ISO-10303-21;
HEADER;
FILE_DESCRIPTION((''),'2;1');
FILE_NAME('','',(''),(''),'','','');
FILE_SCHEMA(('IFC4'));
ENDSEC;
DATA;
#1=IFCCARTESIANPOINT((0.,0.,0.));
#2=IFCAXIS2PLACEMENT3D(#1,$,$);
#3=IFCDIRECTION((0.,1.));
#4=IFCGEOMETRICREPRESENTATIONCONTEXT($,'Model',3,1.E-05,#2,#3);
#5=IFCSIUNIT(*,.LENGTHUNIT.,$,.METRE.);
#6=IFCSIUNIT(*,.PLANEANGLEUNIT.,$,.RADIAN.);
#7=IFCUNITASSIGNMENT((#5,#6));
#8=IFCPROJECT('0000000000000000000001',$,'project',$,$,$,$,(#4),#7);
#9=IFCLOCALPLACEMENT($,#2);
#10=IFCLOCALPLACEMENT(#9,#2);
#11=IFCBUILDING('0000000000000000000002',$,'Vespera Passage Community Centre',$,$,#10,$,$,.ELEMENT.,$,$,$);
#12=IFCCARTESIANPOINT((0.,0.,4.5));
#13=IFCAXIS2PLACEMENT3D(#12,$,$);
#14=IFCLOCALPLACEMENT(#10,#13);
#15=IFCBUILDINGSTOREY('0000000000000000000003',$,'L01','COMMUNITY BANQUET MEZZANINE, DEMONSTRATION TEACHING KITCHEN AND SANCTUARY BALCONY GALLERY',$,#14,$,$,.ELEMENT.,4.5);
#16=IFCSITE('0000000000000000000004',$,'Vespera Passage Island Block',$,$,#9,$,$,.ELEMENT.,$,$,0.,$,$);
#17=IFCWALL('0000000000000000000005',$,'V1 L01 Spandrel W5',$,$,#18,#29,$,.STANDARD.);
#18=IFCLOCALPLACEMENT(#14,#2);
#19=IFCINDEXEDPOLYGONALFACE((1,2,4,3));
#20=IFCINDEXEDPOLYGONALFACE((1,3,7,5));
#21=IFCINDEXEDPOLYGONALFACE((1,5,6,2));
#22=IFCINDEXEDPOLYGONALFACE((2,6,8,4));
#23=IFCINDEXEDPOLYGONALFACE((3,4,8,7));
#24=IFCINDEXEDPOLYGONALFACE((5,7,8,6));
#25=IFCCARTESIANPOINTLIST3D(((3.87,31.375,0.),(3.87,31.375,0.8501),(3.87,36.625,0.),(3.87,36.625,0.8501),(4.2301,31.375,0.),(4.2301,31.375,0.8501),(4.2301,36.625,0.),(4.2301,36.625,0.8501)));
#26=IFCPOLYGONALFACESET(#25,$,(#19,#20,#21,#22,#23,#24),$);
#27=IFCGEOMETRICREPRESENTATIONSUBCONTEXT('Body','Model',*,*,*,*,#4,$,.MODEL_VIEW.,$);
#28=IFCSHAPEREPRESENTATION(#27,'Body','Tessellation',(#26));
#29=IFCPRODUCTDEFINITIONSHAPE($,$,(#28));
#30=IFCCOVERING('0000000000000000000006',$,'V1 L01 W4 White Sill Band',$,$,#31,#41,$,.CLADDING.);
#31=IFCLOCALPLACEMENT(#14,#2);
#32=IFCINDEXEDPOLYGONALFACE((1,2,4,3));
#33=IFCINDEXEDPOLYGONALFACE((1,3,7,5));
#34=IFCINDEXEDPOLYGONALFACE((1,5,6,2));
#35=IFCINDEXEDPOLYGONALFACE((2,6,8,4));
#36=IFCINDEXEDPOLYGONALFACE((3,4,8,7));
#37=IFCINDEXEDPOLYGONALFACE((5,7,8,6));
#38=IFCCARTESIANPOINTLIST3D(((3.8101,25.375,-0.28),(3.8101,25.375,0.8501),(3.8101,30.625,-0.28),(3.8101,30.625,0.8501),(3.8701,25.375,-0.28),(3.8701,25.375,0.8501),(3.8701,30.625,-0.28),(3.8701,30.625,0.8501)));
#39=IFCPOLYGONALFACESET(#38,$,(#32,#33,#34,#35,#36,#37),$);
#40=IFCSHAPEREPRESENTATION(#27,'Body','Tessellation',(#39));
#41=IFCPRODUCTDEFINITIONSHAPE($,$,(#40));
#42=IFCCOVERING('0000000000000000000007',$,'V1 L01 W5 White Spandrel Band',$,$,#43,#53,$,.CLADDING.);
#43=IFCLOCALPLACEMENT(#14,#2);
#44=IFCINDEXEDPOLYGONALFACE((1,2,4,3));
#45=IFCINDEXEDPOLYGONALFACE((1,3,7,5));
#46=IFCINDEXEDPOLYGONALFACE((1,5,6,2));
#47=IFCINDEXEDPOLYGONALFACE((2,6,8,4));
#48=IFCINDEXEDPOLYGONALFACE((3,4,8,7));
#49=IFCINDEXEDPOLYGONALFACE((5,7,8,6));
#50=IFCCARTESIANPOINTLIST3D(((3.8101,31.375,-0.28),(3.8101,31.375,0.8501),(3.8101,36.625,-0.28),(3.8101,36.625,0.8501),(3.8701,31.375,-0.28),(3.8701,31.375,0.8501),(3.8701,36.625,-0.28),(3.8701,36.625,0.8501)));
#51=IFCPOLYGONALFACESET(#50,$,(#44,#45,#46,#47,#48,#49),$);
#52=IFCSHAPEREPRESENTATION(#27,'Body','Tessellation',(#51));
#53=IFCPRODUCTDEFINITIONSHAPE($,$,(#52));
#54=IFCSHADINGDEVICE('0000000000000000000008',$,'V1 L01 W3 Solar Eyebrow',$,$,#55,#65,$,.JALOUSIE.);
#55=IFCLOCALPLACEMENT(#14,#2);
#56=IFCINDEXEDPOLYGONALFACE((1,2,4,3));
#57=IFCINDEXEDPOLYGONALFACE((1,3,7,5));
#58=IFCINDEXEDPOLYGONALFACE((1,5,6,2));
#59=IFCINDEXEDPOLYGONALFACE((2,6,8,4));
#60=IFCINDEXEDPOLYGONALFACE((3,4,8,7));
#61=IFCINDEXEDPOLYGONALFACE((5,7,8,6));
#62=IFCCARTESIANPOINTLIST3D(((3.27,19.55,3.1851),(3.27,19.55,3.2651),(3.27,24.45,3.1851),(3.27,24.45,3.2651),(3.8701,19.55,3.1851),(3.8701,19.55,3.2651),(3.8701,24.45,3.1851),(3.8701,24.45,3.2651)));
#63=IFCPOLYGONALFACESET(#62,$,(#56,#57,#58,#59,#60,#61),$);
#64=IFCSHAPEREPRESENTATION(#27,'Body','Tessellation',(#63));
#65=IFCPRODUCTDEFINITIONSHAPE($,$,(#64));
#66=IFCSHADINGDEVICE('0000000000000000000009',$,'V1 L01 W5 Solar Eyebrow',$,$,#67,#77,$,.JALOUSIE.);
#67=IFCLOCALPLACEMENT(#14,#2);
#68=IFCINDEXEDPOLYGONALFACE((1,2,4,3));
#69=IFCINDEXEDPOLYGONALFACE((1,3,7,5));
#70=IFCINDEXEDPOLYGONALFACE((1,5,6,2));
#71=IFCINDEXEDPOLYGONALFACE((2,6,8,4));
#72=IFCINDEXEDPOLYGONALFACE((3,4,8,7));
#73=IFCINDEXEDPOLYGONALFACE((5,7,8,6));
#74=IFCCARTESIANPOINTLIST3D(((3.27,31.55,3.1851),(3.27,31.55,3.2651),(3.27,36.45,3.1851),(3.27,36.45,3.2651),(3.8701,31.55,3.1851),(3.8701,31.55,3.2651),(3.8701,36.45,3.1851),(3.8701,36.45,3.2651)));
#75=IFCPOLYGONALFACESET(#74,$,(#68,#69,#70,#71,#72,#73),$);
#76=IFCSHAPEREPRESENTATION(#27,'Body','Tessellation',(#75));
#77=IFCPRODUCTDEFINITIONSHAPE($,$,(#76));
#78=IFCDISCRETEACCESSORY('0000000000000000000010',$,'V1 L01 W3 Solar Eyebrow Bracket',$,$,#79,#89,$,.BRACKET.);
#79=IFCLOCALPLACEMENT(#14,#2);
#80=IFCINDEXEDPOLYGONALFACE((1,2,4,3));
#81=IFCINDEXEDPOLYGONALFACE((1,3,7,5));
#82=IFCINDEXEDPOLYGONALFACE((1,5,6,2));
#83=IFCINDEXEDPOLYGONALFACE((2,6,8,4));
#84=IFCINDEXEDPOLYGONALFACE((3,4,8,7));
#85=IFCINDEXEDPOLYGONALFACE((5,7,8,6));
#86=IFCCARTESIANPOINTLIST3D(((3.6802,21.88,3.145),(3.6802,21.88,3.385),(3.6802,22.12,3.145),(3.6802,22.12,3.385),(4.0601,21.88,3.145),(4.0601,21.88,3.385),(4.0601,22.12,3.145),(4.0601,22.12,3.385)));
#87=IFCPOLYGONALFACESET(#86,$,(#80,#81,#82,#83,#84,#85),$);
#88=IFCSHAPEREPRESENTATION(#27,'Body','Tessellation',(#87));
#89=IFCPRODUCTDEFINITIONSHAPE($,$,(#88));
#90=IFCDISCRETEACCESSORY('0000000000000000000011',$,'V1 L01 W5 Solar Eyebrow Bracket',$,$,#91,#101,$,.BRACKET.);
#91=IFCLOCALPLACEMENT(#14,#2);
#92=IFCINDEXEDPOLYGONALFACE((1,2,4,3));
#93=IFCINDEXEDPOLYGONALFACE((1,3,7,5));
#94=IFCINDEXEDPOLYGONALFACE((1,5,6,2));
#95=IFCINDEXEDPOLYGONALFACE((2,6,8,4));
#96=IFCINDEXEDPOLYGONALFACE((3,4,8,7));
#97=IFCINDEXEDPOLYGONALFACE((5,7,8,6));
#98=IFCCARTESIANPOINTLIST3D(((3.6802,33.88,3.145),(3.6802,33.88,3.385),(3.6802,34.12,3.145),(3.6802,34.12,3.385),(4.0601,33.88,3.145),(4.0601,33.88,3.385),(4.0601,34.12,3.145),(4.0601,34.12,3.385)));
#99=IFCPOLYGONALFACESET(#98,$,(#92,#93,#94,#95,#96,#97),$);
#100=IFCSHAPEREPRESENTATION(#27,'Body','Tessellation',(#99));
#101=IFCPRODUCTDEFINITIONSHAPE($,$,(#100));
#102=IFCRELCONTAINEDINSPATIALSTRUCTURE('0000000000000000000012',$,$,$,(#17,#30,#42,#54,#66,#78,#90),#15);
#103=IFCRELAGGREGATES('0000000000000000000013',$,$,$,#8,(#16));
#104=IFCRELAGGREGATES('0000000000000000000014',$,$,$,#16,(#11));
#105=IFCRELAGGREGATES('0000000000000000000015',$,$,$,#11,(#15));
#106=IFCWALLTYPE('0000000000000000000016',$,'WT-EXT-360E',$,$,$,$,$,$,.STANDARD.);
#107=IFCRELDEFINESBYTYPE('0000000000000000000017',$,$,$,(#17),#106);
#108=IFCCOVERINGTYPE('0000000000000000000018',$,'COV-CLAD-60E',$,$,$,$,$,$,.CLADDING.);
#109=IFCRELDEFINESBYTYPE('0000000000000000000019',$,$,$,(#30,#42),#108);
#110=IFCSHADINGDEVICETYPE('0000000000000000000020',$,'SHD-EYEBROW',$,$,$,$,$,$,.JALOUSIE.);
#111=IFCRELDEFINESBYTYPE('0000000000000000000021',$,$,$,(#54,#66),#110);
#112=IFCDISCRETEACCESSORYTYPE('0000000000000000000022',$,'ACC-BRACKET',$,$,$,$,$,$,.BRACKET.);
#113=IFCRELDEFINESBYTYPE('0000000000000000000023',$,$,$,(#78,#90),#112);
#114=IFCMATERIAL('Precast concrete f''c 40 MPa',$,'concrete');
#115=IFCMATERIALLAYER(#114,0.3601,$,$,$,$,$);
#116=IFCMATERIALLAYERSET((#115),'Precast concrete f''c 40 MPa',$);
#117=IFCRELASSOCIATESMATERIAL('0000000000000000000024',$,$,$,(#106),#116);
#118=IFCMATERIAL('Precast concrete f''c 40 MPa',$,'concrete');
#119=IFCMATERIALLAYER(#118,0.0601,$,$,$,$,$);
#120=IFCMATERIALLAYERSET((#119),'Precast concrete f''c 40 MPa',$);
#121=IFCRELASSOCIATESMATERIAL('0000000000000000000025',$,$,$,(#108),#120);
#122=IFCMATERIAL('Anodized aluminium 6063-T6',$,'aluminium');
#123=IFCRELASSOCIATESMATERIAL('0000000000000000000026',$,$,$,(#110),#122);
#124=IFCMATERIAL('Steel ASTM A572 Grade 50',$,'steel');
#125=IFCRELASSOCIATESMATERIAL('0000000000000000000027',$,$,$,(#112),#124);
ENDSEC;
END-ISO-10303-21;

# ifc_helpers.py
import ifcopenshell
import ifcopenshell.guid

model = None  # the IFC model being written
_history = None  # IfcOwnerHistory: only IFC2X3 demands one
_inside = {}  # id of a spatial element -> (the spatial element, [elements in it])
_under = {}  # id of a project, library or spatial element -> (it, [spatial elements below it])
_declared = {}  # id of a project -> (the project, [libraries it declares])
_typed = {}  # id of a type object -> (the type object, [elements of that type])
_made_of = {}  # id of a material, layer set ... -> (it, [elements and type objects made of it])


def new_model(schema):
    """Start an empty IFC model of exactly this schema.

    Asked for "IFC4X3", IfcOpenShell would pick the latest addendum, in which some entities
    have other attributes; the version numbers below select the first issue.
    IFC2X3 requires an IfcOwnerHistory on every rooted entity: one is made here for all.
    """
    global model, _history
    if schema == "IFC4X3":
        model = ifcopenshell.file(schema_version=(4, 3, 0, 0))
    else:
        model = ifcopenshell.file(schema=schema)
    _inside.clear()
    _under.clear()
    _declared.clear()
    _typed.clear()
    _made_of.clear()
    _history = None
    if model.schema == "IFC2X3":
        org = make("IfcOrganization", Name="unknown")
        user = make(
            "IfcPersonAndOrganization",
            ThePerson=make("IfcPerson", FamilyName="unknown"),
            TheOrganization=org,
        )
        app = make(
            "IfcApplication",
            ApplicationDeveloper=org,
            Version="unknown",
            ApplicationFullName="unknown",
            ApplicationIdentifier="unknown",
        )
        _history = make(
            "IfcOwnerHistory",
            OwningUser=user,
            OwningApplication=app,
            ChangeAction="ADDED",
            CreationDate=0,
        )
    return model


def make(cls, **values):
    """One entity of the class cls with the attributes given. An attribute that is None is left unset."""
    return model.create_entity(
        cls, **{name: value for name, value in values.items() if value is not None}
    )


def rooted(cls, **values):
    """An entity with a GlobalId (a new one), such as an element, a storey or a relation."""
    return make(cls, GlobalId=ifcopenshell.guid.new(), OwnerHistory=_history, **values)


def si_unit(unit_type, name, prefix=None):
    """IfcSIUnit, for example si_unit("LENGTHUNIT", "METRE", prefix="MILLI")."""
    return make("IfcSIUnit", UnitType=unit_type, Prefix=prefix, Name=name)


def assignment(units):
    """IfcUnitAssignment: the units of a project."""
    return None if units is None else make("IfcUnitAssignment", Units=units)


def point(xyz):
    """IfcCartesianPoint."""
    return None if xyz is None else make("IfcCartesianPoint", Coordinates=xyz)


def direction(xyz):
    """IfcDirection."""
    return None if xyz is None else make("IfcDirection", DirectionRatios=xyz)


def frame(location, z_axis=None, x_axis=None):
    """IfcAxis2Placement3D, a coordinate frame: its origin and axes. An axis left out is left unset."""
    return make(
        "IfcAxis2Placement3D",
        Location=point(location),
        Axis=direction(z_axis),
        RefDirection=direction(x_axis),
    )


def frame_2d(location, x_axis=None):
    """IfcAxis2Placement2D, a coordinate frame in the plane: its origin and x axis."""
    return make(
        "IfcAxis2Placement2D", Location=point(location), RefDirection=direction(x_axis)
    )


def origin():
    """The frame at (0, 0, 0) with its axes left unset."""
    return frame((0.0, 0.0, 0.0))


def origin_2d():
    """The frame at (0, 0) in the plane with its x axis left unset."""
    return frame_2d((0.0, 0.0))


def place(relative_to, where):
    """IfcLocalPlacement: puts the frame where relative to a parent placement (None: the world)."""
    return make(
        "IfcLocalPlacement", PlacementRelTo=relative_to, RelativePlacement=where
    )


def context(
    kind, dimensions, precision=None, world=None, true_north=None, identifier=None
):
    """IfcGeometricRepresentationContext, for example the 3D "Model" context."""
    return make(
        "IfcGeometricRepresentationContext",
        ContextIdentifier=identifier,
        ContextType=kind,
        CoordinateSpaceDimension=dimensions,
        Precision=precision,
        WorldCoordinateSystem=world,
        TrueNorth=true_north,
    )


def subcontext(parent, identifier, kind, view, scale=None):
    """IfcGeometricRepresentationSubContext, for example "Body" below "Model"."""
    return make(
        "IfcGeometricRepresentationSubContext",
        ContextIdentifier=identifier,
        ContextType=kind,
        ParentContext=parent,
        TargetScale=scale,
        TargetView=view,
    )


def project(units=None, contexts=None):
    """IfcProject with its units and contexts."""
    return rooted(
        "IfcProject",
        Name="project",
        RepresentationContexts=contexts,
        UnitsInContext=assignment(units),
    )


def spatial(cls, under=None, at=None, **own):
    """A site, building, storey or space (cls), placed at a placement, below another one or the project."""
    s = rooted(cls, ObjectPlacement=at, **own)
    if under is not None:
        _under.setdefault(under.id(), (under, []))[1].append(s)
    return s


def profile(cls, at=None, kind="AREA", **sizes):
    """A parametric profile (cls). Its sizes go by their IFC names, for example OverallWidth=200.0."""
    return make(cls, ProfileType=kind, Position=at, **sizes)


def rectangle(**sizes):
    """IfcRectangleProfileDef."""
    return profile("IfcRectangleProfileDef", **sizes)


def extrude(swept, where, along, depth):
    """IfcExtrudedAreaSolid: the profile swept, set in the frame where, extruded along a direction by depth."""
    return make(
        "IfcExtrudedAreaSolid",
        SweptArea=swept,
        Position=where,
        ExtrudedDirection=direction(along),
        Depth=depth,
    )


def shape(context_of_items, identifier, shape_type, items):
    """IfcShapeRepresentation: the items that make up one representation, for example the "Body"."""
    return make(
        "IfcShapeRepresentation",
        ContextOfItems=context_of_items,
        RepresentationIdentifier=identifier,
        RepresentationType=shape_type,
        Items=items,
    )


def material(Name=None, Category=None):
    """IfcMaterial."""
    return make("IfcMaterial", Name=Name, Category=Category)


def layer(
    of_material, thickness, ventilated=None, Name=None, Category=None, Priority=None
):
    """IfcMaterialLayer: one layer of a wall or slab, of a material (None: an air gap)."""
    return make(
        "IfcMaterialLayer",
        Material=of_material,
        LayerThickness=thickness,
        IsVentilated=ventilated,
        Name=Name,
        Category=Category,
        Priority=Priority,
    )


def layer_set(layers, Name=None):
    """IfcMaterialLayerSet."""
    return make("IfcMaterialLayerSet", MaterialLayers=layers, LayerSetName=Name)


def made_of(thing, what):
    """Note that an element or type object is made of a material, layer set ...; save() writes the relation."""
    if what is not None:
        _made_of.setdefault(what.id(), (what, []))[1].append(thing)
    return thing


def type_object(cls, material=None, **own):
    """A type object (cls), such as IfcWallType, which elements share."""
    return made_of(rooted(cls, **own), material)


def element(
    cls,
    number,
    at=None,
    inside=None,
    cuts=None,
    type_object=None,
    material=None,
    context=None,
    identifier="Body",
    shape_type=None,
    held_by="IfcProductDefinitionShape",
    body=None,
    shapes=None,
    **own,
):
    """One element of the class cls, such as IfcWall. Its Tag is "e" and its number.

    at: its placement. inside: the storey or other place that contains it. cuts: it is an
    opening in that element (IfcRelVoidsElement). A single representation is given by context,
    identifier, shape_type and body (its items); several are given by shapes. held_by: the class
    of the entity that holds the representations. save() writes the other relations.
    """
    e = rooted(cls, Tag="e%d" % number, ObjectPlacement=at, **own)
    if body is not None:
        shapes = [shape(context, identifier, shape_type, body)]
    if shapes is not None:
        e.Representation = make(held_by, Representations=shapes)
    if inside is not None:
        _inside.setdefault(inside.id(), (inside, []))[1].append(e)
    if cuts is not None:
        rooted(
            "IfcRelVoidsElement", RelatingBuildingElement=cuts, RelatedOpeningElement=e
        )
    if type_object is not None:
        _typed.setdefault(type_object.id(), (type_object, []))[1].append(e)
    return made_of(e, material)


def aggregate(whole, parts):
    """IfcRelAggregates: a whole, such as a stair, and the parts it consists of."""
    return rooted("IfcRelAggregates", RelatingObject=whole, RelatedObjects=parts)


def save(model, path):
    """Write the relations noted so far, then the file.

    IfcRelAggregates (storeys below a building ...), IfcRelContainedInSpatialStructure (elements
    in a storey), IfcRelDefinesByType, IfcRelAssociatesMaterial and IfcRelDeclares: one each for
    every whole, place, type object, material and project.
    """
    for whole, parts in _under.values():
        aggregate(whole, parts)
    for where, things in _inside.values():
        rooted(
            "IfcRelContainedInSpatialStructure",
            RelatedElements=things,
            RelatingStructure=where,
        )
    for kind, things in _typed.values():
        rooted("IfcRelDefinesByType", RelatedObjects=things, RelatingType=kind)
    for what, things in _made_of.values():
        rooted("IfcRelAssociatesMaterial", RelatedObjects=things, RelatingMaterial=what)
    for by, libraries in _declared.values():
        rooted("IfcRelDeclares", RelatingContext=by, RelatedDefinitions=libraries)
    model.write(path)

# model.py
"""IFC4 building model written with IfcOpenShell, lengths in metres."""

from ifc_helpers import new_model, si_unit, direction, frame, frame_2d, origin, origin_2d, place, context, subcontext, project, spatial, rectangle, extrude, material, layer, layer_set, type_object, element, save


model = new_model("IFC4")

# Units and contexts
model_context = context("Model", 3, precision=1e-05, world=origin(), true_north=direction((0.0, 1.0)))
body_context = subcontext(model_context, "Body", "Model", "MODEL_VIEW")
ifc_project = project(units=[si_unit("LENGTHUNIT", "METRE"), si_unit("PLANEANGLEUNIT", "RADIAN")], contexts=[model_context])

# Site, building, storey
site_placement = place(None, origin())
site = spatial("IfcSite", under=ifc_project, at=site_placement, Name="Vespera Passage Island Block", CompositionType="ELEMENT", RefElevation=0.0)
building_placement = place(site_placement, origin())
building = spatial("IfcBuilding", under=site, at=building_placement, Name="Vespera Passage Community Centre", CompositionType="ELEMENT")
storey_placement = place(building_placement, frame((0.0, 0.0, 4.5)))
storey = spatial("IfcBuildingStorey", under=building, at=storey_placement, Name="L01", Description="COMMUNITY BANQUET MEZZANINE, DEMONSTRATION TEACHING KITCHEN AND SANCTUARY BALCONY GALLERY", CompositionType="ELEMENT", Elevation=4.5)

# Shared definitions
ifc_material_1 = material(Name="Precast concrete f'c 40 MPa", Category="concrete")
ifc_layer_1 = layer(ifc_material_1, 0.3601)
ifc_layer_set_1 = layer_set([ifc_layer_1], Name="Precast concrete f'c 40 MPa")
wall_type = type_object("IfcWallType", Name="WT-EXT-360E", PredefinedType="STANDARD", material=ifc_layer_set_1)

# Wall
wall_1_placement = place(storey_placement, frame((4.05, 31.375, 0.0), z_axis=(0.0, 0.0, 1.0), x_axis=(0.0, 1.0, 0.0)))
element("IfcWall", 1, at=wall_1_placement, inside=storey, type_object=wall_type, Name="V1 L01 Spandrel W5", PredefinedType="STANDARD", context=body_context, shape_type="SweptSolid", body=[
    extrude(rectangle(XDim=5.25, YDim=0.3601, at=frame_2d((2.625, 0.0))), origin(), (0.0, 0.0, 1.0), 0.8501),
])

# Coverings
ifc_material_2 = material(Name="Precast concrete f'c 40 MPa", Category="concrete")
ifc_layer_2 = layer(ifc_material_2, 0.0601)
ifc_layer_set_2 = layer_set([ifc_layer_2], Name="Precast concrete f'c 40 MPa")
covering_type = type_object("IfcCoveringType", Name="COV-CLAD-60E", PredefinedType="CLADDING", material=ifc_layer_set_2)
for number, where, z_axis, x_axis, name in (
    (2, (3.8401, 25.375, -0.28), (0.0, 0.0, 1.0), (0.0, 1.0, 0.0), "V1 L01 W4 White Sill Band"),
    (3, (3.8401, 31.375, -0.28), (0.0, 0.0, 1.0), (0.0, 1.0, 0.0), "V1 L01 W5 White Spandrel Band"),
):
    element("IfcCovering", number, at=place(storey_placement, frame(where, z_axis=z_axis, x_axis=x_axis)), inside=storey, type_object=covering_type, Name=name, PredefinedType="CLADDING", context=body_context, shape_type="SweptSolid", body=[
        extrude(rectangle(XDim=5.25, YDim=0.0601, at=frame_2d((2.625, 0.0))), origin(), (0.0, 0.0, 1.0), 1.1301),
    ])

# Shading devices
ifc_material_3 = material(Name="Anodized aluminium 6063-T6", Category="aluminium")
shading_device_type = type_object("IfcShadingDeviceType", Name="SHD-EYEBROW", PredefinedType="JALOUSIE", material=ifc_material_3)
for number, where, z_axis, x_axis, name in (
    (4, (3.5701, 22.0, 3.1851), (0.0, 0.0, 1.0), (0.0, 1.0, 0.0), "V1 L01 W3 Solar Eyebrow"),
    (5, (3.5701, 34.0, 3.1851), (0.0, 0.0, 1.0), (0.0, 1.0, 0.0), "V1 L01 W5 Solar Eyebrow"),
):
    element("IfcShadingDevice", number, at=place(storey_placement, frame(where, z_axis=z_axis, x_axis=x_axis)), inside=storey, type_object=shading_device_type, Name=name, PredefinedType="JALOUSIE", context=body_context, shape_type="SweptSolid", body=[
        extrude(rectangle(XDim=4.8999, YDim=0.6001, at=origin_2d()), origin(), (0.0, 0.0, 1.0), 0.0801),
    ])

# Discrete accessories
ifc_material_4 = material(Name="Steel ASTM A572 Grade 50", Category="steel")
discrete_accessory_type = type_object("IfcDiscreteAccessoryType", Name="ACC-BRACKET", PredefinedType="BRACKET", material=ifc_material_4)
for number, where, z_axis, x_axis, name in (
    (6, (3.8701, 22.0, 3.145), (0.0, 0.0, 1.0), (0.0, 1.0, 0.0), "V1 L01 W3 Solar Eyebrow Bracket"),
    (7, (3.8701, 34.0, 3.145), (0.0, 0.0, 1.0), (0.0, 1.0, 0.0), "V1 L01 W5 Solar Eyebrow Bracket"),
):
    element("IfcDiscreteAccessory", number, at=place(storey_placement, frame(where, z_axis=z_axis, x_axis=x_axis)), inside=storey, type_object=discrete_accessory_type, Name=name, PredefinedType="BRACKET", context=body_context, shape_type="SweptSolid", body=[
        extrude(rectangle(XDim=0.24, YDim=0.3799, at=origin_2d()), origin(), (0.0, 0.0, 1.0), 0.24),
    ])

save(model, "model.ifc")
